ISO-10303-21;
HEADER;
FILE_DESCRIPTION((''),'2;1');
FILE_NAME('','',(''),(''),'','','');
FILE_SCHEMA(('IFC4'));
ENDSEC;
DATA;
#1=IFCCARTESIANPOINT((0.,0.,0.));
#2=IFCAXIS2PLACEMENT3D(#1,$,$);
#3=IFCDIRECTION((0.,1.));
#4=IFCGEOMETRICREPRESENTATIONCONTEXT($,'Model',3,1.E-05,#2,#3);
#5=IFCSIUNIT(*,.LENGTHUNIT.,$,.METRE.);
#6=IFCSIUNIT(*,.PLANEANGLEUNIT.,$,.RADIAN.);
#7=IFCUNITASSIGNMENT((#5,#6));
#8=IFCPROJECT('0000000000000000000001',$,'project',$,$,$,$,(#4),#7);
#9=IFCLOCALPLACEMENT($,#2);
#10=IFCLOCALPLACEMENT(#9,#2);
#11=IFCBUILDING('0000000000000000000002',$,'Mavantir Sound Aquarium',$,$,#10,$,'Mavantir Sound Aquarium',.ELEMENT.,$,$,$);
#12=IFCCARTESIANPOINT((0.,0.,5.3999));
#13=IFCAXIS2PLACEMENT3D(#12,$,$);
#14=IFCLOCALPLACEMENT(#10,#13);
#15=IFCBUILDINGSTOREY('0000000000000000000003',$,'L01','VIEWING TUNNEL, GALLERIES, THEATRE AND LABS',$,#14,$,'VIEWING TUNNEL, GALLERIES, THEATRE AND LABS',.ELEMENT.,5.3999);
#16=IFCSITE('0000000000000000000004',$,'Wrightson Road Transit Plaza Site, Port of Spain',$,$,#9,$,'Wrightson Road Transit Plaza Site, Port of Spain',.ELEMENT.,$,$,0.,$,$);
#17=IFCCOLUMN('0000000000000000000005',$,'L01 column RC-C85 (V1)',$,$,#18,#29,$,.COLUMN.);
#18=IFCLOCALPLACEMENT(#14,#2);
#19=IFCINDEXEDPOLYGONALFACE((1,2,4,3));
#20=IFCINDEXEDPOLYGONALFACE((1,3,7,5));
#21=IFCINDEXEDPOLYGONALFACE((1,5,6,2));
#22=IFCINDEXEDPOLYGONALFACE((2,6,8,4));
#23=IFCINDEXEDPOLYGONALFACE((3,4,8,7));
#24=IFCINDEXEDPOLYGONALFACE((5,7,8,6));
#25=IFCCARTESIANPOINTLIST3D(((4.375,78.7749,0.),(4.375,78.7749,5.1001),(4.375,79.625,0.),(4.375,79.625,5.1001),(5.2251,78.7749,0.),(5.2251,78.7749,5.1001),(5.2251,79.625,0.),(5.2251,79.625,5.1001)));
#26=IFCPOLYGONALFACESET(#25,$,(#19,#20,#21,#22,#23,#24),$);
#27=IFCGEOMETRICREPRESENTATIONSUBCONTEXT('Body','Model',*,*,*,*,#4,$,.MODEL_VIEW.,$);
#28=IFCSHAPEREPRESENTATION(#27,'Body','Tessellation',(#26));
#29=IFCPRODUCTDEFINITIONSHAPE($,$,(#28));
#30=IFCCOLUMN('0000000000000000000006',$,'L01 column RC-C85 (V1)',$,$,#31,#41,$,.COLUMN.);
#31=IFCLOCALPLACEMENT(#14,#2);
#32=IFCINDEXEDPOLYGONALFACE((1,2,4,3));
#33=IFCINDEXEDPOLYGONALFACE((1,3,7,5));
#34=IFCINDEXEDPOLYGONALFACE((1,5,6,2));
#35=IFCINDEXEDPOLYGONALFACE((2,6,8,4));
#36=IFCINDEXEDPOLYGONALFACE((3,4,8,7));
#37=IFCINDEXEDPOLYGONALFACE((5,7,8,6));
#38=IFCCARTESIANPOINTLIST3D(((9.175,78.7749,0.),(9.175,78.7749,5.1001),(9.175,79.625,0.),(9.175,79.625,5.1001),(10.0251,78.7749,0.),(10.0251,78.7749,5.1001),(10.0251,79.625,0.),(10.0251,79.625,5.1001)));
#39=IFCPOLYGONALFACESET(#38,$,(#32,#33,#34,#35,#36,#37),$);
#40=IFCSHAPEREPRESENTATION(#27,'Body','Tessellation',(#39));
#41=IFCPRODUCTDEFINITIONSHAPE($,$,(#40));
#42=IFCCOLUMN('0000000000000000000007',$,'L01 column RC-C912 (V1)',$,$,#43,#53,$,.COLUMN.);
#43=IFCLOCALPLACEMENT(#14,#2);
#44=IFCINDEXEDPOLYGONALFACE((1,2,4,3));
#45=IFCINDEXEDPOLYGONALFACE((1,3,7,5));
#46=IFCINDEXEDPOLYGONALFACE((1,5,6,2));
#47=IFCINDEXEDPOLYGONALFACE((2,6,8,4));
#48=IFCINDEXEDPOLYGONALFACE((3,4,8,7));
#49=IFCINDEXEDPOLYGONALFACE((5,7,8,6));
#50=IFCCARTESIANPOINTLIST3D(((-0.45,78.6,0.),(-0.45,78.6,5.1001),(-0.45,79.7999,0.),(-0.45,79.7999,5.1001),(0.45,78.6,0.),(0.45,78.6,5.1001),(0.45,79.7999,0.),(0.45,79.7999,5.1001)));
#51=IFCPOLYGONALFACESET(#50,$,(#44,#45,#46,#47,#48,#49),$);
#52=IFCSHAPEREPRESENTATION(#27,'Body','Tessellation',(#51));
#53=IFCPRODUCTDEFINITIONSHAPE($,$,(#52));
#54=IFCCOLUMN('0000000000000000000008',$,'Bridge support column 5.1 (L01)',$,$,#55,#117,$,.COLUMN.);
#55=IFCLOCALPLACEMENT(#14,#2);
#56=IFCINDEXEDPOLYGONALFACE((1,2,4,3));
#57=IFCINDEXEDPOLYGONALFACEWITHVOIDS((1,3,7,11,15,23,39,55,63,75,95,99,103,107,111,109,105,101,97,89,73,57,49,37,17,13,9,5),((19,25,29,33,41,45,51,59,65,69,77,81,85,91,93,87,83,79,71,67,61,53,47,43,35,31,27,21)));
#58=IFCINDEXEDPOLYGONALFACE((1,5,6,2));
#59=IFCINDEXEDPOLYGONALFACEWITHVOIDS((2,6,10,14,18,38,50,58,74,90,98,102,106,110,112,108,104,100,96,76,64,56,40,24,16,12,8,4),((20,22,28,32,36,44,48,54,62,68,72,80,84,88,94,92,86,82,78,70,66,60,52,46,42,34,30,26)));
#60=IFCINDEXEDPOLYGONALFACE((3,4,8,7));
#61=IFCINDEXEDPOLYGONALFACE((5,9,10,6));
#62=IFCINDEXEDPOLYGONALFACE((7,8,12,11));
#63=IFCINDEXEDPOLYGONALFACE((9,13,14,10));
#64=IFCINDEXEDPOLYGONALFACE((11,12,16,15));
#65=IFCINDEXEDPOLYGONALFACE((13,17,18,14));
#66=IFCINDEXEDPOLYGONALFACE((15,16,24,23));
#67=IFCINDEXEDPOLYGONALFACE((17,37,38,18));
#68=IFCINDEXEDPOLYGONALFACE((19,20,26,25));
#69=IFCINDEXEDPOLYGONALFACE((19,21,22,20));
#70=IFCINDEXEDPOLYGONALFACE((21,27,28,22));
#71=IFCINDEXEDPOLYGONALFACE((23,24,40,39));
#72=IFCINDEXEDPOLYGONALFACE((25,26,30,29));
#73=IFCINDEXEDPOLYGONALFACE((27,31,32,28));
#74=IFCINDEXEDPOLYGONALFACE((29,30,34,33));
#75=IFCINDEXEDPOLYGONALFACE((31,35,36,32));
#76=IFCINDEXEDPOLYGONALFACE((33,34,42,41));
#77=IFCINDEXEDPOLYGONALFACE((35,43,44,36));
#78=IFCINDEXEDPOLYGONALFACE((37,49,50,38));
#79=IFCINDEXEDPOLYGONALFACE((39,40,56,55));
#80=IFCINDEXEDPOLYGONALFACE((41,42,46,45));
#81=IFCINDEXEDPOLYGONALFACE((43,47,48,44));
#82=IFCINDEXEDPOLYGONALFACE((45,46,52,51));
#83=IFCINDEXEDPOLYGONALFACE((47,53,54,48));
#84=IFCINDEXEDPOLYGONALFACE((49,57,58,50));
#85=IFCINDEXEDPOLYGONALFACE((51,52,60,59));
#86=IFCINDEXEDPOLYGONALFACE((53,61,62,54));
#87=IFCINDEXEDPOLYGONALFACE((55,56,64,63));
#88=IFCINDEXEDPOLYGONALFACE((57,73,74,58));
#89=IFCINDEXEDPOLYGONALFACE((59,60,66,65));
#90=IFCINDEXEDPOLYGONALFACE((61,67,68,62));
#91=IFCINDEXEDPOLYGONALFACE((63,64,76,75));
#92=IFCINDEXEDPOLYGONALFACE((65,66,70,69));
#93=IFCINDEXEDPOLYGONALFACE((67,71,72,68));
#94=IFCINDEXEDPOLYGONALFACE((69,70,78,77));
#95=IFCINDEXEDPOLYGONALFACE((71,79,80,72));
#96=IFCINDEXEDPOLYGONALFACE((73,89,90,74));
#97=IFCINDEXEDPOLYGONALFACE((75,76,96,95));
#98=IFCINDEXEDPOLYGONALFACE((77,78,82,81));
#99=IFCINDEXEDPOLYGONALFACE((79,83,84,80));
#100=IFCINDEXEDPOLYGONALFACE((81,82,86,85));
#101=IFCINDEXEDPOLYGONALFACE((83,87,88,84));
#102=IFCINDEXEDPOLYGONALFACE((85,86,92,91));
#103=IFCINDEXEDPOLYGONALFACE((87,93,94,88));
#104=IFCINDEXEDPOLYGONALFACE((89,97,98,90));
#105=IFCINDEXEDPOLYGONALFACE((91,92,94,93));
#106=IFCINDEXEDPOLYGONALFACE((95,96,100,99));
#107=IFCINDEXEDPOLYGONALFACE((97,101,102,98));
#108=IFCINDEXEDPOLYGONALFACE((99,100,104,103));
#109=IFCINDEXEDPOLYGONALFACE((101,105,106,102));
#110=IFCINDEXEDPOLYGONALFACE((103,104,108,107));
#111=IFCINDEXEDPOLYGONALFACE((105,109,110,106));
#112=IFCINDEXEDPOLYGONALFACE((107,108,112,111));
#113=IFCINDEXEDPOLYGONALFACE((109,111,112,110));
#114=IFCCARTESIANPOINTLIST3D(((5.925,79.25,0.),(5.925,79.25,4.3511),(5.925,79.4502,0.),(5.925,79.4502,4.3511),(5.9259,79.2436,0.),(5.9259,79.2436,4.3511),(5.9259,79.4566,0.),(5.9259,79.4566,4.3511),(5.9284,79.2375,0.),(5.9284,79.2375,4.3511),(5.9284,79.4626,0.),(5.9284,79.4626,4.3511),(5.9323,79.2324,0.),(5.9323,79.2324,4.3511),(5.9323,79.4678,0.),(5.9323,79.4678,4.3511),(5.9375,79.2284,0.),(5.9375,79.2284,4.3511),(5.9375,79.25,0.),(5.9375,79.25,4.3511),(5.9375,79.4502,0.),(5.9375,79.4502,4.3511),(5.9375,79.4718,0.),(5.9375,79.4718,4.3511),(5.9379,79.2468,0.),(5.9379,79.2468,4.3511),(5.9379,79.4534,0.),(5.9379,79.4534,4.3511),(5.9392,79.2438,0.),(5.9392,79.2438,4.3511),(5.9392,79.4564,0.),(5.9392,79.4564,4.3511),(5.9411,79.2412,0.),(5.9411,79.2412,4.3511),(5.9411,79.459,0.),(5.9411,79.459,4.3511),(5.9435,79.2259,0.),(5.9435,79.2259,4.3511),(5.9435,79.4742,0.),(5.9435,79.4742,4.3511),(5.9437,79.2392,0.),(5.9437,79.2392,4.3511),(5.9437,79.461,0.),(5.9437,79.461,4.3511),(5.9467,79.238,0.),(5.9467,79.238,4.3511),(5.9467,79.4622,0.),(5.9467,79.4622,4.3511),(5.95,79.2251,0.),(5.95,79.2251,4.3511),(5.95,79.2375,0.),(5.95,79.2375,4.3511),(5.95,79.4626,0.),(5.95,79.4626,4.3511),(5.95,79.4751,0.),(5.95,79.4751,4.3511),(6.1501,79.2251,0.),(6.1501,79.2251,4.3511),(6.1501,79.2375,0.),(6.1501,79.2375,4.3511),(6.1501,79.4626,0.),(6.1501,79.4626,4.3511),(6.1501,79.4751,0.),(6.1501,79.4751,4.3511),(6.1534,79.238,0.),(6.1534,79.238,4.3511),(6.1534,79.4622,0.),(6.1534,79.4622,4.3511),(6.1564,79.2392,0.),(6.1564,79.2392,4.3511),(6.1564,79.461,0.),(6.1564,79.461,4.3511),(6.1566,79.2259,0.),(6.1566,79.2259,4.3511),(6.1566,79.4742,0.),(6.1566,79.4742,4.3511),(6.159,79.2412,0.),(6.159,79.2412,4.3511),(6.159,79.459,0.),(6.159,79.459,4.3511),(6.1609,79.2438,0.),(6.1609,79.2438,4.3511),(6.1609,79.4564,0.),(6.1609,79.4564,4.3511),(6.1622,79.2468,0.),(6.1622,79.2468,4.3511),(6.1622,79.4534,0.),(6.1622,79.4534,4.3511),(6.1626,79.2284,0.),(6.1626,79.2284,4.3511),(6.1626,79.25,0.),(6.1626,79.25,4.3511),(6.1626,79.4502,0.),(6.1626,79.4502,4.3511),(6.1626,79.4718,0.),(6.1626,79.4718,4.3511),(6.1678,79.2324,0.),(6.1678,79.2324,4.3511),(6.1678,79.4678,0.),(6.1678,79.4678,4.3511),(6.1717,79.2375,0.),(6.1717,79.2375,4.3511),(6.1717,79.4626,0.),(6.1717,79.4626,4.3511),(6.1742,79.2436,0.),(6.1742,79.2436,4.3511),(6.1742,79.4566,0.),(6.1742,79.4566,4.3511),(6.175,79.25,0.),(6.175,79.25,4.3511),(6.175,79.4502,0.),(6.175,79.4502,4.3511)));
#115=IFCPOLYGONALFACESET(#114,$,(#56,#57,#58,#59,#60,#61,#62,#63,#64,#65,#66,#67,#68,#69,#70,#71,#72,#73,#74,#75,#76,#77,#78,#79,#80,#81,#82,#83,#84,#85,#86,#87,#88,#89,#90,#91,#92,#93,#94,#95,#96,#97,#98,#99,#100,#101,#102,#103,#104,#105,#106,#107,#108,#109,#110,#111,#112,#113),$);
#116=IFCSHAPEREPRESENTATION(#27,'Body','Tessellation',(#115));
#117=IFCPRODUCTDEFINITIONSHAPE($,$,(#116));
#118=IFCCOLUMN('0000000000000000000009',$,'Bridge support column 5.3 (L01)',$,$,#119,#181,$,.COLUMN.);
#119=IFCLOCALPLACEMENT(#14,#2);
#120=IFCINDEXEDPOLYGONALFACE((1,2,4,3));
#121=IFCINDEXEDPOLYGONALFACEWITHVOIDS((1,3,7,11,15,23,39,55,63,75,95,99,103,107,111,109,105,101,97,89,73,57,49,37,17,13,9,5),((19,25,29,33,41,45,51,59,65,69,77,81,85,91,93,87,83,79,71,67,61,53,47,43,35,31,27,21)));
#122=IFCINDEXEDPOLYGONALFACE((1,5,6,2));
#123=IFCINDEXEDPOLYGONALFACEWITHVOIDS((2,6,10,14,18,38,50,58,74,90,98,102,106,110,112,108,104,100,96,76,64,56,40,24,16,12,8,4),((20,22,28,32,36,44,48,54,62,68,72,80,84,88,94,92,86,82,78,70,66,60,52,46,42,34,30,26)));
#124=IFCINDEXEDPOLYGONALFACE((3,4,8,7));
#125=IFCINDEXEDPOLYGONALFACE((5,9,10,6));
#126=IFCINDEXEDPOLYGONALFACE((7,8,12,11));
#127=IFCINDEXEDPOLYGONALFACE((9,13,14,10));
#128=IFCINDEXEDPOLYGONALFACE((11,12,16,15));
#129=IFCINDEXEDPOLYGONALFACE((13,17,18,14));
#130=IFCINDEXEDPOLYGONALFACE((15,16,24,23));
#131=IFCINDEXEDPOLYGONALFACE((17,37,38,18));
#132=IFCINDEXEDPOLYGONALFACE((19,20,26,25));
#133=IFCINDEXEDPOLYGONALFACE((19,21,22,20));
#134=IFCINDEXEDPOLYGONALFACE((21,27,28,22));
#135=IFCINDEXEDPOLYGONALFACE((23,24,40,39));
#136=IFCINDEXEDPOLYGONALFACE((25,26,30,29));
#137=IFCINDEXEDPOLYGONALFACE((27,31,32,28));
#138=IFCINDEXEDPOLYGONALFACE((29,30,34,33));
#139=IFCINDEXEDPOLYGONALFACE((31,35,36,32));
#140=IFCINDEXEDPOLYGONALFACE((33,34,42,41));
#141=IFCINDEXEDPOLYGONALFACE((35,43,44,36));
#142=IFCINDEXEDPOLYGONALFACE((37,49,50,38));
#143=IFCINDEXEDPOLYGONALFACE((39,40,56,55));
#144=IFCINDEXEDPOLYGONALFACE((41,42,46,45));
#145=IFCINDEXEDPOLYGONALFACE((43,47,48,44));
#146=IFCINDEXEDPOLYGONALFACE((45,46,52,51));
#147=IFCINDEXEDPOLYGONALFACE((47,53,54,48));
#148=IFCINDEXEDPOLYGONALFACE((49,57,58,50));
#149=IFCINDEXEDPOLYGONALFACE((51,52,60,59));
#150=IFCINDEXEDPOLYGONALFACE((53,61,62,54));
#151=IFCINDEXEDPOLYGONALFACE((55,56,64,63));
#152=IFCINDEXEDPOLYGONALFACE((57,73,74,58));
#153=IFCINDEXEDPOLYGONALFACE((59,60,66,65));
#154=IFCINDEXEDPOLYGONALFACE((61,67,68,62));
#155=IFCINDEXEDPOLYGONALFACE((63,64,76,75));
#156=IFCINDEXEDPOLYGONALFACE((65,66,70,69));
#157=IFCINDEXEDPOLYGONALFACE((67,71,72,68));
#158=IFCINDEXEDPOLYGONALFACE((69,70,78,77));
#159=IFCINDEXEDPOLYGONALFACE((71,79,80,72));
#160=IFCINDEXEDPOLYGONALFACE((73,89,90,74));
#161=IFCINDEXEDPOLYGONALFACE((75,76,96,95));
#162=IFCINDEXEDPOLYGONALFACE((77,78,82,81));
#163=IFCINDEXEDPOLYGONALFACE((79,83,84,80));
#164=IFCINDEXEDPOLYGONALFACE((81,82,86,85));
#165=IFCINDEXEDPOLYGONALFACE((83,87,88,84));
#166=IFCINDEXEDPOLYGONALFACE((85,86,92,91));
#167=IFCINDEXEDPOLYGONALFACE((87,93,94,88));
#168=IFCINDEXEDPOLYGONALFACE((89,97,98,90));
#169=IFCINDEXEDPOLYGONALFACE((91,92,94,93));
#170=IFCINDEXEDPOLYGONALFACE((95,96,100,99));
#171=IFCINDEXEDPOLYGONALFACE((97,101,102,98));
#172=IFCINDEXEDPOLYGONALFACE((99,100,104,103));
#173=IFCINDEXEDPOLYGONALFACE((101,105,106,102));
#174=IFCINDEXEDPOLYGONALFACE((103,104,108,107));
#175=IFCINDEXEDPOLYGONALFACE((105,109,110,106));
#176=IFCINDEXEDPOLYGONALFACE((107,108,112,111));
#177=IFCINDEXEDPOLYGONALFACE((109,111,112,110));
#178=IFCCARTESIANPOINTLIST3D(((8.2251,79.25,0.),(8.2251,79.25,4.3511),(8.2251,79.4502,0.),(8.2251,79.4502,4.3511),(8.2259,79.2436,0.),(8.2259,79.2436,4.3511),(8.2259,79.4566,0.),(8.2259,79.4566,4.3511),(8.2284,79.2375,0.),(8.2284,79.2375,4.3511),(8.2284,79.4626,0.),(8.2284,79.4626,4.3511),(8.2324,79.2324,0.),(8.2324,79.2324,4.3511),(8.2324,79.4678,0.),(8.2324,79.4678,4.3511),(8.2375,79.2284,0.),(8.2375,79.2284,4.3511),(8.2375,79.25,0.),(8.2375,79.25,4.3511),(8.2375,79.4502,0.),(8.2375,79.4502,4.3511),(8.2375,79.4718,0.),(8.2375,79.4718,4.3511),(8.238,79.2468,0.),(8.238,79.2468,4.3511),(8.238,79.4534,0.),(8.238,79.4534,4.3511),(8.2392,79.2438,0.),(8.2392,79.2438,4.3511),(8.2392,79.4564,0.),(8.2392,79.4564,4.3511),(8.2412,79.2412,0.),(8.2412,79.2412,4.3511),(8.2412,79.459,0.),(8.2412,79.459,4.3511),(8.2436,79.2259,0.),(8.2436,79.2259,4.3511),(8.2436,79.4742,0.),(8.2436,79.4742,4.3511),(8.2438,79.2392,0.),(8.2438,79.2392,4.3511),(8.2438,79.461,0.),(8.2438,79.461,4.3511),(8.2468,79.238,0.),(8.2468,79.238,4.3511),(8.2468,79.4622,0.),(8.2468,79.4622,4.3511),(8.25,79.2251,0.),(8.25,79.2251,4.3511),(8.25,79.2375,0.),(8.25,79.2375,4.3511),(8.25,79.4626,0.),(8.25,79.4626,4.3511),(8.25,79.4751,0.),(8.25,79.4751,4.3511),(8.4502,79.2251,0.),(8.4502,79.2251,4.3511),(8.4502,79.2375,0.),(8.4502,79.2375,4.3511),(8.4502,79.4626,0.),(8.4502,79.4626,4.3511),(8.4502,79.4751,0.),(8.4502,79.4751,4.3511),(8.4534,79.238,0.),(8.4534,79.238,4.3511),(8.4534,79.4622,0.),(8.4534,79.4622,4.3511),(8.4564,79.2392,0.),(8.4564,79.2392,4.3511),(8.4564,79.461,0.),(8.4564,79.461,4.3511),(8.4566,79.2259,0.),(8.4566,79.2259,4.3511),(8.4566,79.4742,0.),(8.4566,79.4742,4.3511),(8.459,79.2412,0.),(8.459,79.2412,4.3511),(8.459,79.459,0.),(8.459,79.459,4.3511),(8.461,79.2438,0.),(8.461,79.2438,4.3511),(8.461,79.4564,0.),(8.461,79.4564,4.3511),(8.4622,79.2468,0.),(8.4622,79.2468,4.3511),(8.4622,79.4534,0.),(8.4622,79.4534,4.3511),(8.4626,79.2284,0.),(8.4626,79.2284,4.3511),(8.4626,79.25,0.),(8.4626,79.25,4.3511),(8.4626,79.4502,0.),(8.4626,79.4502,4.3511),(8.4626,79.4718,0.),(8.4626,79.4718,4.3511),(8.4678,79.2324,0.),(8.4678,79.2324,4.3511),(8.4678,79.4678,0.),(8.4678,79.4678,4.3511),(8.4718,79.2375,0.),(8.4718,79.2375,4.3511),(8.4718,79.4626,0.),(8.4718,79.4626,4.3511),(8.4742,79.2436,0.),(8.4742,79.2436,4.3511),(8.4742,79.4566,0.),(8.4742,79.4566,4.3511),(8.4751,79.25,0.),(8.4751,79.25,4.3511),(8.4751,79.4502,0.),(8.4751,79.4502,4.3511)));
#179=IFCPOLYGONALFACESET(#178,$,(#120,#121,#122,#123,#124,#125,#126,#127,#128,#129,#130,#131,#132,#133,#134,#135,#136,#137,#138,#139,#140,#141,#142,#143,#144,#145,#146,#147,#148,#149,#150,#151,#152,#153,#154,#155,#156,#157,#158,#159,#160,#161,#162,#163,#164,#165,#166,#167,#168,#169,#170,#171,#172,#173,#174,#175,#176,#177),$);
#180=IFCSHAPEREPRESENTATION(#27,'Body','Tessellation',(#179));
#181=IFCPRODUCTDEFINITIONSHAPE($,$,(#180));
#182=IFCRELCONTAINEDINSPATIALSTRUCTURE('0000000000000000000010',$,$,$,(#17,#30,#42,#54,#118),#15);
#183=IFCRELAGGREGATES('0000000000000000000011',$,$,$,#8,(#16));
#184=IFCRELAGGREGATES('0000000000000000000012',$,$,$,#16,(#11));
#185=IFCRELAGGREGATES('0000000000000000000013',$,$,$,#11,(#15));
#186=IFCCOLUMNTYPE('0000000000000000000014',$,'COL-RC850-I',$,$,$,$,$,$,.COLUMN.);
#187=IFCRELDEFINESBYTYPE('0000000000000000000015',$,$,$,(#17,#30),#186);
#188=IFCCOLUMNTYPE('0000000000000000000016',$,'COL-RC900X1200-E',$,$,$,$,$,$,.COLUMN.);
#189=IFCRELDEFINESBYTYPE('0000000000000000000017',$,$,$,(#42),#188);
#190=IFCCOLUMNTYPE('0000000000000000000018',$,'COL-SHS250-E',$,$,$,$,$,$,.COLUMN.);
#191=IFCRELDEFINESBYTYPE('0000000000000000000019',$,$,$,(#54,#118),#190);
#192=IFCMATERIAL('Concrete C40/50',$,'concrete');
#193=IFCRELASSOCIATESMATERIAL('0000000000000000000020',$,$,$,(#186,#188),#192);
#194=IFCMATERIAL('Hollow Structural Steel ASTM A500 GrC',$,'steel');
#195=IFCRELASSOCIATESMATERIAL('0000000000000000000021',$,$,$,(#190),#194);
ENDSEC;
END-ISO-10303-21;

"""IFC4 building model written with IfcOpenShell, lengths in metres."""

from ifc_helpers import new_model, si_unit, direction, frame, origin, origin_2d, place, context, subcontext, project, spatial, rectangle, hollow_rectangle, extrude, material, material_profile, profile_set, type_object, element, save


model = new_model("IFC4")

# Units and contexts
model_context = context("Model", 3, precision=1e-05, world=origin(), true_north=direction((0.0, 1.0)))
body_context = subcontext(model_context, "Body", "Model", "MODEL_VIEW")
ifc_project = project(units=[si_unit("LENGTHUNIT", "METRE"), si_unit("PLANEANGLEUNIT", "RADIAN")], contexts=[model_context])

# Site, building, storey
site_placement = place(None, origin())
site = spatial("IfcSite", under=ifc_project, at=site_placement, Name="Wrightson Road Transit Plaza Site, Port of Spain", LongName="Wrightson Road Transit Plaza Site, Port of Spain", CompositionType="ELEMENT", RefElevation=0.0)
building_placement = place(site_placement, origin())
building = spatial("IfcBuilding", under=site, at=building_placement, Name="Mavantir Sound Aquarium", LongName="Mavantir Sound Aquarium", CompositionType="ELEMENT")
storey_placement = place(building_placement, frame((0.0, 0.0, 5.3999)))
storey = spatial("IfcBuildingStorey", under=building, at=storey_placement, Name="L01", Description="VIEWING TUNNEL, GALLERIES, THEATRE AND LABS", LongName="VIEWING TUNNEL, GALLERIES, THEATRE AND LABS", CompositionType="ELEMENT", Elevation=5.3999)

# Columns
ifc_material_1 = material(Name="Concrete C40/50", Category="concrete")
ifc_material_profile_1 = material_profile(ifc_material_1, rectangle(XDim=0.8501, YDim=0.8501, at=origin_2d()), Name="RC 850X850")
ifc_profile_set_1 = profile_set([ifc_material_profile_1], Name="Concrete C40/50")
column_type_1 = type_object("IfcColumnType", Name="COL-RC850-I", PredefinedType="COLUMN", material=ifc_profile_set_1)
for number, where, z_axis, x_axis, name in (
    (1, (4.8, 79.2, 0.0), (0.0, 0.0, 1.0), (1.0, 0.0, 0.0), "L01 column RC-C85 (V1)"),
    (2, (9.6001, 79.2, 0.0), (0.0, 0.0, 1.0), (1.0, 0.0, 0.0), "L01 column RC-C85 (V1)"),
):
    element("IfcColumn", number, at=place(storey_placement, frame(where, z_axis=z_axis, x_axis=x_axis)), inside=storey, type_object=column_type_1, Name=name, PredefinedType="COLUMN", context=body_context, shape_type="SweptSolid", body=[
        extrude(rectangle(XDim=0.8501, YDim=0.8501, at=origin_2d()), origin(), (0.0, 0.0, 1.0), 5.1001),
    ])
ifc_material_profile_2 = material_profile(ifc_material_1, rectangle(XDim=0.8999, YDim=1.2, at=origin_2d()), Name="RC 900X1200")
ifc_profile_set_2 = profile_set([ifc_material_profile_2], Name="Concrete C40/50")
column_type_2 = type_object("IfcColumnType", Name="COL-RC900X1200-E", PredefinedType="COLUMN", material=ifc_profile_set_2)
column_placement = place(storey_placement, frame((0.0, 79.2, 0.0), z_axis=(0.0, 0.0, 1.0), x_axis=(1.0, 0.0, 0.0)))
element("IfcColumn", 3, at=column_placement, inside=storey, type_object=column_type_2, Name="L01 column RC-C912 (V1)", PredefinedType="COLUMN", context=body_context, shape_type="SweptSolid", body=[
    extrude(rectangle(XDim=0.8999, YDim=1.2, at=origin_2d()), origin(), (0.0, 0.0, 1.0), 5.1001),
])
ifc_material_2 = material(Name="Hollow Structural Steel ASTM A500 GrC", Category="steel")
ifc_material_profile_3 = material_profile(ifc_material_2, hollow_rectangle(XDim=0.25, YDim=0.25, WallThickness=0.0125, InnerFilletRadius=0.0125, OuterFilletRadius=0.0249, at=origin_2d()), Name="SHS 250X250X12.5")
ifc_profile_set_3 = profile_set([ifc_material_profile_3], Name="Hollow Structural Steel ASTM A500 GrC")
column_type_3 = type_object("IfcColumnType", Name="COL-SHS250-E", PredefinedType="COLUMN", material=ifc_profile_set_3)
for number, where, z_axis, x_axis, name in (
    (4, (6.05, 79.3501, 0.0), (0.0, 0.0, 1.0), (1.0, 0.0, 0.0), "Bridge support column 5.1 (L01)"),
    (5, (8.3501, 79.3501, 0.0), (0.0, 0.0, 1.0), (1.0, 0.0, 0.0), "Bridge support column 5.3 (L01)"),
):
    element("IfcColumn", number, at=place(storey_placement, frame(where, z_axis=z_axis, x_axis=x_axis)), inside=storey, type_object=column_type_3, Name=name, PredefinedType="COLUMN", context=body_context, shape_type="SweptSolid", body=[
        extrude(hollow_rectangle(XDim=0.25, YDim=0.25, WallThickness=0.0125, InnerFilletRadius=0.0125, OuterFilletRadius=0.0249, at=origin_2d()), origin(), (0.0, 0.0, 1.0), 4.3511),
    ])

save(model, "model.ifc")
